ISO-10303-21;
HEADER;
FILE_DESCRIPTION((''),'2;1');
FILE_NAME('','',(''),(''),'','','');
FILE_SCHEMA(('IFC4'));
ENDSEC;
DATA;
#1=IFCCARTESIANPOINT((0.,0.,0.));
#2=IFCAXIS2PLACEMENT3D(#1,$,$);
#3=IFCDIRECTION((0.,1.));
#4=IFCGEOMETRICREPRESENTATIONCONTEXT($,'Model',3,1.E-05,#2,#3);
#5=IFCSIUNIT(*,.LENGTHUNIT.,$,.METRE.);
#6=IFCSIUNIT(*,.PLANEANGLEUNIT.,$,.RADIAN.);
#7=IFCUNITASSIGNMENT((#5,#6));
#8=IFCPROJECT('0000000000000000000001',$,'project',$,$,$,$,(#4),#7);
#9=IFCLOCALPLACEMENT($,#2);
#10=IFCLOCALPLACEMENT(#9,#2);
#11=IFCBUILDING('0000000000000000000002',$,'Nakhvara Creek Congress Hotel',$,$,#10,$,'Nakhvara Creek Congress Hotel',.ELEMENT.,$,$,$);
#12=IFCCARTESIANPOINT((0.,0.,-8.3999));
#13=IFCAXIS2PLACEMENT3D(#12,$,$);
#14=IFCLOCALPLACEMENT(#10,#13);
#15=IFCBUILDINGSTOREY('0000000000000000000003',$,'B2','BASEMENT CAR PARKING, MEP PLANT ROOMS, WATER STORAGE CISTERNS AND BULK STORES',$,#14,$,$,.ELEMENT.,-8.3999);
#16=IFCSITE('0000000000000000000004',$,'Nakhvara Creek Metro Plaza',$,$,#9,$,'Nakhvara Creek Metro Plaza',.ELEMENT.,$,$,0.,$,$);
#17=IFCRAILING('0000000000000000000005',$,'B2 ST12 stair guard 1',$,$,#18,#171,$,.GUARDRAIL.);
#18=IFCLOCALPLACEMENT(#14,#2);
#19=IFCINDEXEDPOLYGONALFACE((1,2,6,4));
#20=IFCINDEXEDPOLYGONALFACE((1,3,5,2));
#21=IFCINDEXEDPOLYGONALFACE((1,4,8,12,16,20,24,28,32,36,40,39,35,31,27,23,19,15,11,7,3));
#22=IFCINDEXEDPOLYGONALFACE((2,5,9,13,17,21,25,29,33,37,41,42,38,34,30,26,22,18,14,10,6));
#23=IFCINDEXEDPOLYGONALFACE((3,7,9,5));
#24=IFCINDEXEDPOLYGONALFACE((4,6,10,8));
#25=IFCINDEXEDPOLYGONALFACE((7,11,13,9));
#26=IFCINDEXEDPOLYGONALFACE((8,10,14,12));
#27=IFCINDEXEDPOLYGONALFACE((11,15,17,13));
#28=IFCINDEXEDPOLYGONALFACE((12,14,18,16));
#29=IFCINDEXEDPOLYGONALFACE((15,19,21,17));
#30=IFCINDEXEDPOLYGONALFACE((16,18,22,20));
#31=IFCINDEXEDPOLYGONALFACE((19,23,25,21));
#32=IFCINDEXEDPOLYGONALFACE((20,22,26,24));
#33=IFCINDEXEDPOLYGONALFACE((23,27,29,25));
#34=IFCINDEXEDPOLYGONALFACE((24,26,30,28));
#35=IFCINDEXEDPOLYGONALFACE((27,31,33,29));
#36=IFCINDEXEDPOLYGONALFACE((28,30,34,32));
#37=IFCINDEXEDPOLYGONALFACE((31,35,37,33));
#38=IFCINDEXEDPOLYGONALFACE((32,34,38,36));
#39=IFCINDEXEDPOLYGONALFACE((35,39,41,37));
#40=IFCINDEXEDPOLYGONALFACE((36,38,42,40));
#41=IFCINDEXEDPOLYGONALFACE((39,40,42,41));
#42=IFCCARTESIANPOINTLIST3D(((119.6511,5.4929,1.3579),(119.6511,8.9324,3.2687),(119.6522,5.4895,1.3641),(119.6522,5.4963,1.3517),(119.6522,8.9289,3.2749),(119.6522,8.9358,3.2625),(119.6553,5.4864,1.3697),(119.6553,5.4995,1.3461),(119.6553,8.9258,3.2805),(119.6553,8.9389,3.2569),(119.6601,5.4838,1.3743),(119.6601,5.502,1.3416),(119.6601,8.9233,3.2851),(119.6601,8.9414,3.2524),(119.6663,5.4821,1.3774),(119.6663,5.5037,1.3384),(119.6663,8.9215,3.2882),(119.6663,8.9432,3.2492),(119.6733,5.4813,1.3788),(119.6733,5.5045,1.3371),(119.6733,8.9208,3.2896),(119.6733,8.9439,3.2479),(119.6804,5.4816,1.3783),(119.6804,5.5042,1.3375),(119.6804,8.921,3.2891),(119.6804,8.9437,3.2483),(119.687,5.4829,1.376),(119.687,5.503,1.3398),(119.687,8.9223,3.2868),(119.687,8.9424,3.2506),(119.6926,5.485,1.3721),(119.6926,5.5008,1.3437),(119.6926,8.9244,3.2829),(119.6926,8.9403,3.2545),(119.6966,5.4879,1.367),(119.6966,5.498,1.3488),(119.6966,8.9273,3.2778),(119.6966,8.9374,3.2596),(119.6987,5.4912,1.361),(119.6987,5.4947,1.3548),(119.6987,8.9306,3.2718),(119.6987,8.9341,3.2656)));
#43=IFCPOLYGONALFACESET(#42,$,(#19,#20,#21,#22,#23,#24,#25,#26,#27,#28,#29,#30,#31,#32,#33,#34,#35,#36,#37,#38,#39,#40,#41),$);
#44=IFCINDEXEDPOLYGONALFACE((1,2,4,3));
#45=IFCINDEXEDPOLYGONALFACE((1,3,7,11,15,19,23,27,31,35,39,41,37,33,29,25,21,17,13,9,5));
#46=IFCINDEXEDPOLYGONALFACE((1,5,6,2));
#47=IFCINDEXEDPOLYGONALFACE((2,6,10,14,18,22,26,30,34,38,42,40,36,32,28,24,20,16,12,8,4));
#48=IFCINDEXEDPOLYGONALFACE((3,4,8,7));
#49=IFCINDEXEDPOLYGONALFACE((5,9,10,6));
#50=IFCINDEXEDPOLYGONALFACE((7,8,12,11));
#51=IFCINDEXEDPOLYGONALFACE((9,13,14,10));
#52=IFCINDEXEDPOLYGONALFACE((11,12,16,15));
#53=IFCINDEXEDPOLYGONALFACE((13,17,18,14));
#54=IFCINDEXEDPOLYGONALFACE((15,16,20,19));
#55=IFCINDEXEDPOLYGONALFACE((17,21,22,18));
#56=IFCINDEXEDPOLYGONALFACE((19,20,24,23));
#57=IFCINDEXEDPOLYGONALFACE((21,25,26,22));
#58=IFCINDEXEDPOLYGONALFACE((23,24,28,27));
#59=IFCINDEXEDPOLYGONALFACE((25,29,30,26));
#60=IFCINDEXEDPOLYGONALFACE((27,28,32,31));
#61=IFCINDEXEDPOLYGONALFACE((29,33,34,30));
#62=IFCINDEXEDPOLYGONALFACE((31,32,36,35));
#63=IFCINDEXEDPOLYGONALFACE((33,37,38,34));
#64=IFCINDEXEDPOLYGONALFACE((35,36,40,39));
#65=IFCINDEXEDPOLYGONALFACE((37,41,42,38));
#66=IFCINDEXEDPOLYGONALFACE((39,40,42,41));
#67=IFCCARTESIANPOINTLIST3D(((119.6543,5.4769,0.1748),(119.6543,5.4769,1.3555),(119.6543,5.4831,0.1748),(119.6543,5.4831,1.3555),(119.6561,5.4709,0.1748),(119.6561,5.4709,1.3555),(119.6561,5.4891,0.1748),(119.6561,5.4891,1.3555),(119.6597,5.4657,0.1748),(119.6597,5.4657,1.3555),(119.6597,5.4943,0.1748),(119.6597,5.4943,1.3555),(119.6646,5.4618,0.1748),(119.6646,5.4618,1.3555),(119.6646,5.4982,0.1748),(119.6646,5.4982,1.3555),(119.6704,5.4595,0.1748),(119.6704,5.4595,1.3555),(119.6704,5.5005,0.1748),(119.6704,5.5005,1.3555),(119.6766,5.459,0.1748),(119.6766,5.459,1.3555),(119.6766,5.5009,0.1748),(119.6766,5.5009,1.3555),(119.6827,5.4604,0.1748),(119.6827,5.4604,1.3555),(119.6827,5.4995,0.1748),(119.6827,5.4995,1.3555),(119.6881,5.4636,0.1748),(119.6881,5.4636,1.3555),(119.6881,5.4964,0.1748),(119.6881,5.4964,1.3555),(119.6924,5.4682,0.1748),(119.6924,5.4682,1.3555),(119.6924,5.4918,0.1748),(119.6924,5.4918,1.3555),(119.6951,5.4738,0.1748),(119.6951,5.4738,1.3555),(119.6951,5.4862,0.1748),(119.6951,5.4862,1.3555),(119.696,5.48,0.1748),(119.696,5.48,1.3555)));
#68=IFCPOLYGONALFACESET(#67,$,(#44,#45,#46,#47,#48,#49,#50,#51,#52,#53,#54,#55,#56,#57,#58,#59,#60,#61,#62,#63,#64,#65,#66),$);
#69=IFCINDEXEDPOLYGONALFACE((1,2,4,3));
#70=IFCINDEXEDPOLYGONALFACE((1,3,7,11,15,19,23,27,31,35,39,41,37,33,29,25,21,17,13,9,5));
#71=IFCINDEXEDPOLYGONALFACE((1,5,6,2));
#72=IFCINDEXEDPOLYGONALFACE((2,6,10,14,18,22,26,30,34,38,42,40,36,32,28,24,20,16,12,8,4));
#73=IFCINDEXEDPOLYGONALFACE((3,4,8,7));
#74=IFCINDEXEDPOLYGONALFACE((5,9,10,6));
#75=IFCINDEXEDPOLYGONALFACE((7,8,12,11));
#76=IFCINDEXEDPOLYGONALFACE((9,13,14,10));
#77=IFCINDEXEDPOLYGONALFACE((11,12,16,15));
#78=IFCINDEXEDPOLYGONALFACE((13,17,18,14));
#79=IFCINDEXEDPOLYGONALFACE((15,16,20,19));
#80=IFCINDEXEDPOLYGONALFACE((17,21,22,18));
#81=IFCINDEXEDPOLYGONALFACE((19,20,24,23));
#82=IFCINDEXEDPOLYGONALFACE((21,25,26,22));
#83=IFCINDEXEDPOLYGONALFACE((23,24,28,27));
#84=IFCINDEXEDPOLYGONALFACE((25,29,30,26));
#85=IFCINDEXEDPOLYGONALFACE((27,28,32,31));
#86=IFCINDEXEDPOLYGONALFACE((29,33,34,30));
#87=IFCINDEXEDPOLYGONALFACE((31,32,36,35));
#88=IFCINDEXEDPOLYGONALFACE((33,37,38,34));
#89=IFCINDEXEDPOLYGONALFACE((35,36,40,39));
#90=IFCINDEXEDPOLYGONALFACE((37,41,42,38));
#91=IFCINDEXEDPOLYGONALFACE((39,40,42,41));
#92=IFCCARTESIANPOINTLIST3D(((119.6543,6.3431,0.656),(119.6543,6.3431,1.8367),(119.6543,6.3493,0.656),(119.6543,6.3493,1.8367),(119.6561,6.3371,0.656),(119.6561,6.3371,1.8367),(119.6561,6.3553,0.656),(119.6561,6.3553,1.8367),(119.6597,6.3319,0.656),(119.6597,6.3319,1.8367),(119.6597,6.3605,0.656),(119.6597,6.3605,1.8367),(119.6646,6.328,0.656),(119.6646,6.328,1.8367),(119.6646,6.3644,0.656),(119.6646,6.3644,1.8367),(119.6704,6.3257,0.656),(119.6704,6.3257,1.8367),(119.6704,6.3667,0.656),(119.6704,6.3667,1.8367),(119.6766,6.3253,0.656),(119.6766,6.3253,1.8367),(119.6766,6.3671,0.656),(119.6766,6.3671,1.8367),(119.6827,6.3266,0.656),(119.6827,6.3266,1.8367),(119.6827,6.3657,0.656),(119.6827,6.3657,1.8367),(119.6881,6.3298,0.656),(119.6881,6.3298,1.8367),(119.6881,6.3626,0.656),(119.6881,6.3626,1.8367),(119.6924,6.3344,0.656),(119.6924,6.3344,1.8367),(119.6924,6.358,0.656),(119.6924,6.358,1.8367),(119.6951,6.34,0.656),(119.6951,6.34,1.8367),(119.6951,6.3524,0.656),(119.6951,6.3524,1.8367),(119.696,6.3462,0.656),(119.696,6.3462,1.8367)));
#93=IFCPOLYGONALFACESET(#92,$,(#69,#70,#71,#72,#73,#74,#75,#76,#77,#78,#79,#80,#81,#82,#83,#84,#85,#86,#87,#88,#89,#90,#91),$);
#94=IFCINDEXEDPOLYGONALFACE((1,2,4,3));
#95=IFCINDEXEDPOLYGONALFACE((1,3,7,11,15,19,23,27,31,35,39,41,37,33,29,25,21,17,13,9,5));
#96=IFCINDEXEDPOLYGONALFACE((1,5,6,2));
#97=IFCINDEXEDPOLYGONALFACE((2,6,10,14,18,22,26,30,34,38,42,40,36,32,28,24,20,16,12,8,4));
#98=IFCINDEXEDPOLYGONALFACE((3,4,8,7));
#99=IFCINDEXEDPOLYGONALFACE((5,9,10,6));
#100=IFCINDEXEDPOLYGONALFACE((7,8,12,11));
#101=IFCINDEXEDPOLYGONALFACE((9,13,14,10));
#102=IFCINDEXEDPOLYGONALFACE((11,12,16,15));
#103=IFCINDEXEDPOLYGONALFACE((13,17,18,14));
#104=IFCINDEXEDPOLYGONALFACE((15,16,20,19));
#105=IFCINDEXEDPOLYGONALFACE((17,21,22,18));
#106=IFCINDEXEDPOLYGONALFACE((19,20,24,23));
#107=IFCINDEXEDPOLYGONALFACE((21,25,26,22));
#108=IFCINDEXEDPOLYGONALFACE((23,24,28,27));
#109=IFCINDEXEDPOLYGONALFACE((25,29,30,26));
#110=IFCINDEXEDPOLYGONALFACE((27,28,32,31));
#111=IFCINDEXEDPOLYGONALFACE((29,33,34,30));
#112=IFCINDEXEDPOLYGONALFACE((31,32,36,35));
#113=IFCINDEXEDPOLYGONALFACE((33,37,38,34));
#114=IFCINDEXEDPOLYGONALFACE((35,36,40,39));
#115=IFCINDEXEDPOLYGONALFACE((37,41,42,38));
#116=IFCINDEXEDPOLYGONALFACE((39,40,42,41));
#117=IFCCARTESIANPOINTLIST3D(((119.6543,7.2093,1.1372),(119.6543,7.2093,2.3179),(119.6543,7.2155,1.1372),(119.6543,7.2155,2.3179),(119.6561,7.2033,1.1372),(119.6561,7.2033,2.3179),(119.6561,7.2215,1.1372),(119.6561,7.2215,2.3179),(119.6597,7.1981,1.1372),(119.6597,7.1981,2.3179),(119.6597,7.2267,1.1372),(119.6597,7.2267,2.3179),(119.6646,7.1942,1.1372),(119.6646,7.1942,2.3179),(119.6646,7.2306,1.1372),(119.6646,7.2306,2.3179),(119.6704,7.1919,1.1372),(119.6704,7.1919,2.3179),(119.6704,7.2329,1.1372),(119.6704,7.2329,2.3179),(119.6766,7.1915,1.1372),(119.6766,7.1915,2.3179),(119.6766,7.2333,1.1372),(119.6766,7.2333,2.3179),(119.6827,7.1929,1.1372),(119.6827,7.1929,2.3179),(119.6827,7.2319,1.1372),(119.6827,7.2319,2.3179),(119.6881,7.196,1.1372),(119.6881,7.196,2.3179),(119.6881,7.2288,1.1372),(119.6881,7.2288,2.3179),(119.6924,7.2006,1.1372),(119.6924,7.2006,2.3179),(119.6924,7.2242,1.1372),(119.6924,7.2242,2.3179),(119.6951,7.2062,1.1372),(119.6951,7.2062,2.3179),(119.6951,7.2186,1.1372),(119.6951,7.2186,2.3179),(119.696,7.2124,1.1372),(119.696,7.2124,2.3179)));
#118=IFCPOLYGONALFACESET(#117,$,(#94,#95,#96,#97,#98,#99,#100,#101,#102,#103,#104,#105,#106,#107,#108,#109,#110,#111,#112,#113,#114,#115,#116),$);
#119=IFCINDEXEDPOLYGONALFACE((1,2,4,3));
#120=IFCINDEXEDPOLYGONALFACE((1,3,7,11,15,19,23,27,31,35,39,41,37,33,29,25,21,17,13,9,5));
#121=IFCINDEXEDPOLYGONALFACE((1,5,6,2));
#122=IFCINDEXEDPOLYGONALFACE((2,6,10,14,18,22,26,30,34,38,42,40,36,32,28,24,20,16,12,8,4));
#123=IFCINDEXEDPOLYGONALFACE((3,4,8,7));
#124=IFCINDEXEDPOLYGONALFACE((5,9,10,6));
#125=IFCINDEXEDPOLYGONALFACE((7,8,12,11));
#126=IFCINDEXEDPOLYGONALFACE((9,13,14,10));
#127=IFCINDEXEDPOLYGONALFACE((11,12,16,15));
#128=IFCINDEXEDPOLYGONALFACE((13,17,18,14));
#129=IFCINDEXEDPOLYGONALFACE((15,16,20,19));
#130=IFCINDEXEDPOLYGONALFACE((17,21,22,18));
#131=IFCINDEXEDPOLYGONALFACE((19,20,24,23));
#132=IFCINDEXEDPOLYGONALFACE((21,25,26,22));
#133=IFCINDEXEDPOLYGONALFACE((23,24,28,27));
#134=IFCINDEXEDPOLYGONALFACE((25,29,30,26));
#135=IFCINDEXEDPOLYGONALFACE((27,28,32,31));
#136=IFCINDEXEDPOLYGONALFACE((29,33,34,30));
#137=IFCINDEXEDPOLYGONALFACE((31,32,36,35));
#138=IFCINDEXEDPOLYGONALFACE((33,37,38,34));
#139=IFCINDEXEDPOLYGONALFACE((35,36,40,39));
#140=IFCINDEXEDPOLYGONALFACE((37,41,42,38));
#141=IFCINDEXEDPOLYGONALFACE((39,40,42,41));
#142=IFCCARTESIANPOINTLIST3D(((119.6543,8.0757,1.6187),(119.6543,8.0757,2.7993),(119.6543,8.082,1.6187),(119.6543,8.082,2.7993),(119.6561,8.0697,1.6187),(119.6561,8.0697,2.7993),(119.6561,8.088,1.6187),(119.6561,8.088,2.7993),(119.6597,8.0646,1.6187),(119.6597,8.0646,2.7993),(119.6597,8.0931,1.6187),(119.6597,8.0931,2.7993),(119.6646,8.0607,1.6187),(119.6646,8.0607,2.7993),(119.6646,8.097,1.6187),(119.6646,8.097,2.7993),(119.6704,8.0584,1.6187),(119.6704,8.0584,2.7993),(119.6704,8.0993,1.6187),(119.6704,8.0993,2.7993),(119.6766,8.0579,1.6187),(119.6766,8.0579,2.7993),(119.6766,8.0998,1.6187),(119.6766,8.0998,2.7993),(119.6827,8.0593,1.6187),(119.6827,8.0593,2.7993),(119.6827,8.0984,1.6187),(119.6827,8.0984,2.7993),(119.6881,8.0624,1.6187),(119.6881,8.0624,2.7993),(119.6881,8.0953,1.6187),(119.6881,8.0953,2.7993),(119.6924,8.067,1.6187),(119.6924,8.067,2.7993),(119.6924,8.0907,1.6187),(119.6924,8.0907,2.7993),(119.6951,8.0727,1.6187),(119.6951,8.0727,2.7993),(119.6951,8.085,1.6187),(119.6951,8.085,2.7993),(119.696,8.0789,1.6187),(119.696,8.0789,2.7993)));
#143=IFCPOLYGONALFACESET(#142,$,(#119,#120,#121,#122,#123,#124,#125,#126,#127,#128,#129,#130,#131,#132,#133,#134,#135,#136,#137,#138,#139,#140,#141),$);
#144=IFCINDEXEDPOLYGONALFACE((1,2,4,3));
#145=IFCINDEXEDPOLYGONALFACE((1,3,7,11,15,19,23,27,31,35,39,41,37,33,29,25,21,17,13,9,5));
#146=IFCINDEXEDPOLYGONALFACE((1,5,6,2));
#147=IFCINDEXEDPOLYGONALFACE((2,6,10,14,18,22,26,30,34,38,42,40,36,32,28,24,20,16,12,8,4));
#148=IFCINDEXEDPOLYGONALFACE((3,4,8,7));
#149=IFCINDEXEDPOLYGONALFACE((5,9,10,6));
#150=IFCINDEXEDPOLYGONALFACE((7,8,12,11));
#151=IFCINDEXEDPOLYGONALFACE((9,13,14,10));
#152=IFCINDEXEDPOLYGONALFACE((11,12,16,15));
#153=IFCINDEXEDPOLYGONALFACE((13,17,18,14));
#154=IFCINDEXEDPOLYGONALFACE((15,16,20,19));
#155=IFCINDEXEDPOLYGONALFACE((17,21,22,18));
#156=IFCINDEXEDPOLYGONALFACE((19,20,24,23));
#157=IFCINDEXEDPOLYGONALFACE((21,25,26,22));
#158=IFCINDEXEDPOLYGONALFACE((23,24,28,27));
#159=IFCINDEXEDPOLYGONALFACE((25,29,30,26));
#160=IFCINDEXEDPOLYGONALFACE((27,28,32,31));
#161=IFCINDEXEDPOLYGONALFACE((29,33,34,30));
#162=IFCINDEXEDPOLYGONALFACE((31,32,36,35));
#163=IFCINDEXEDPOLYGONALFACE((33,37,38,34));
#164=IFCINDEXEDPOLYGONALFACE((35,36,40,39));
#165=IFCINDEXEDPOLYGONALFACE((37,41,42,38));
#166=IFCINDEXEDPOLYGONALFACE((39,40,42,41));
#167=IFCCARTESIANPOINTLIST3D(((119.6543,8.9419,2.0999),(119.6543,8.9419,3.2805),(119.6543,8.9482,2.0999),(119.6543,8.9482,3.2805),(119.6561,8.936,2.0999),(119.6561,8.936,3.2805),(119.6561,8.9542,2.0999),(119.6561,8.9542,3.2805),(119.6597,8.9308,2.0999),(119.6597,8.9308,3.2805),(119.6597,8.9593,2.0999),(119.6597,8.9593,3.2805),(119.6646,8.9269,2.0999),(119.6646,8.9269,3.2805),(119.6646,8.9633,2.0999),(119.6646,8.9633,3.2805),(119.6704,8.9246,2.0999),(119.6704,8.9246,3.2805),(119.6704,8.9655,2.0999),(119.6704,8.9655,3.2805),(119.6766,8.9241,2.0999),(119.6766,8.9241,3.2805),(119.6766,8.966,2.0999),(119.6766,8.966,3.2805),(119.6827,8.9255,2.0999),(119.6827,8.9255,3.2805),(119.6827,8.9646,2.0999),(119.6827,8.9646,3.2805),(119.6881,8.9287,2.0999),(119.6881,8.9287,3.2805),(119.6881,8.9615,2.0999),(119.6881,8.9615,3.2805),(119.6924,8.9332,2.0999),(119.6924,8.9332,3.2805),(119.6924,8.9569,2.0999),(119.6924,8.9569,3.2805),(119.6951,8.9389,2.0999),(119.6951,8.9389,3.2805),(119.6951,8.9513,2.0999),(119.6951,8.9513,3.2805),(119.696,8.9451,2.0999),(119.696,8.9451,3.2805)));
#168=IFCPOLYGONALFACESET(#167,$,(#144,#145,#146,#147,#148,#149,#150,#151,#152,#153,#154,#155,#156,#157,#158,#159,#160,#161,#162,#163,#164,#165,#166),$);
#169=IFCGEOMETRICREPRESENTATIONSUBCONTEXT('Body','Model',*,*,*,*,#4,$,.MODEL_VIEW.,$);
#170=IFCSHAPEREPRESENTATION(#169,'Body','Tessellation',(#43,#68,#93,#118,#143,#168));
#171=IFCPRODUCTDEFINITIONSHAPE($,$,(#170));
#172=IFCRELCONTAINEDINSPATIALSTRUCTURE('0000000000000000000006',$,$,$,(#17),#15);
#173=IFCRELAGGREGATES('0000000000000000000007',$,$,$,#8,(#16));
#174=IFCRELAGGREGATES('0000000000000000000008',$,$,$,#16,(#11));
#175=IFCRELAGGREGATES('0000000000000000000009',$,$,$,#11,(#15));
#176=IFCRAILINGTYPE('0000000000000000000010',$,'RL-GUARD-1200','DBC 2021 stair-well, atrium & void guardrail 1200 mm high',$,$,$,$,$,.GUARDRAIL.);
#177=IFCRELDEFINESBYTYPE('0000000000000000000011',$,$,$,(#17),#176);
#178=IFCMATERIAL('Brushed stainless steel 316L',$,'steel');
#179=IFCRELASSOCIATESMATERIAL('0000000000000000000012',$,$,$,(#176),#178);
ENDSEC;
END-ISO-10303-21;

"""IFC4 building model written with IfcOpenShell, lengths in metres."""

from ifc_helpers import new_model, si_unit, direction, frame, origin, origin_2d, place, context, subcontext, project, spatial, circle, extrude, material, type_object, element, save


model = new_model("IFC4")

# Units and contexts
model_context = context("Model", 3, precision=1e-05, world=origin(), true_north=direction((0.0, 1.0)))
body_context = subcontext(model_context, "Body", "Model", "MODEL_VIEW")
ifc_project = project(units=[si_unit("LENGTHUNIT", "METRE"), si_unit("PLANEANGLEUNIT", "RADIAN")], contexts=[model_context])

# Site, building, storey
site_placement = place(None, origin())
site = spatial("IfcSite", under=ifc_project, at=site_placement, Name="Nakhvara Creek Metro Plaza", LongName="Nakhvara Creek Metro Plaza", CompositionType="ELEMENT", RefElevation=0.0)
building_placement = place(site_placement, origin())
building = spatial("IfcBuilding", under=site, at=building_placement, Name="Nakhvara Creek Congress Hotel", LongName="Nakhvara Creek Congress Hotel", CompositionType="ELEMENT")
storey_placement = place(building_placement, frame((0.0, 0.0, -8.3999)))
storey = spatial("IfcBuildingStorey", under=building, at=storey_placement, Name="B2", Description="BASEMENT CAR PARKING, MEP PLANT ROOMS, WATER STORAGE CISTERNS AND BULK STORES", CompositionType="ELEMENT", Elevation=-8.3999)

# Railing
ifc_material_1 = material(Name="Brushed stainless steel 316L", Category="steel")
railing_type_1 = type_object("IfcRailingType", Name="RL-GUARD-1200", Description="DBC 2021 stair-well, atrium & void guardrail 1200 mm high", PredefinedType="GUARDRAIL", material=ifc_material_1)
railing_1_placement = place(storey_placement, frame((119.675, 5.48, 0.1748)))
element("IfcRailing", 1, at=railing_1_placement, inside=storey, type_object=railing_type_1, Name="B2 ST12 stair guard 1", PredefinedType="GUARDRAIL", context=body_context, shape_type="SweptSolid", body=[
    extrude(circle(Radius=0.0239, at=origin_2d()), frame((0.0, 0.0129, 1.1831), z_axis=(0.0, 0.874157, 0.485643), x_axis=(-1.0, 0.0, 0.0)), (0.0, 0.0, 1.0), 3.9346),
    extrude(circle(Radius=0.021, at=origin_2d()), origin(), (0.0, 0.0, 1.0), 1.1807),
    extrude(circle(Radius=0.021, at=origin_2d()), frame((0.0, 0.8662, 0.4812)), (0.0, 0.0, 1.0), 1.1807),
    extrude(circle(Radius=0.021, at=origin_2d()), frame((0.0, 1.7324, 0.9624)), (0.0, 0.0, 1.0), 1.1807),
    extrude(circle(Radius=0.021, at=origin_2d()), frame((0.0, 2.5989, 1.4438)), (0.0, 0.0, 1.0), 1.1807),
    extrude(circle(Radius=0.021, at=origin_2d()), frame((0.0, 3.4651, 1.925)), (0.0, 0.0, 1.0), 1.1807),
])

save(model, "model.ifc")
